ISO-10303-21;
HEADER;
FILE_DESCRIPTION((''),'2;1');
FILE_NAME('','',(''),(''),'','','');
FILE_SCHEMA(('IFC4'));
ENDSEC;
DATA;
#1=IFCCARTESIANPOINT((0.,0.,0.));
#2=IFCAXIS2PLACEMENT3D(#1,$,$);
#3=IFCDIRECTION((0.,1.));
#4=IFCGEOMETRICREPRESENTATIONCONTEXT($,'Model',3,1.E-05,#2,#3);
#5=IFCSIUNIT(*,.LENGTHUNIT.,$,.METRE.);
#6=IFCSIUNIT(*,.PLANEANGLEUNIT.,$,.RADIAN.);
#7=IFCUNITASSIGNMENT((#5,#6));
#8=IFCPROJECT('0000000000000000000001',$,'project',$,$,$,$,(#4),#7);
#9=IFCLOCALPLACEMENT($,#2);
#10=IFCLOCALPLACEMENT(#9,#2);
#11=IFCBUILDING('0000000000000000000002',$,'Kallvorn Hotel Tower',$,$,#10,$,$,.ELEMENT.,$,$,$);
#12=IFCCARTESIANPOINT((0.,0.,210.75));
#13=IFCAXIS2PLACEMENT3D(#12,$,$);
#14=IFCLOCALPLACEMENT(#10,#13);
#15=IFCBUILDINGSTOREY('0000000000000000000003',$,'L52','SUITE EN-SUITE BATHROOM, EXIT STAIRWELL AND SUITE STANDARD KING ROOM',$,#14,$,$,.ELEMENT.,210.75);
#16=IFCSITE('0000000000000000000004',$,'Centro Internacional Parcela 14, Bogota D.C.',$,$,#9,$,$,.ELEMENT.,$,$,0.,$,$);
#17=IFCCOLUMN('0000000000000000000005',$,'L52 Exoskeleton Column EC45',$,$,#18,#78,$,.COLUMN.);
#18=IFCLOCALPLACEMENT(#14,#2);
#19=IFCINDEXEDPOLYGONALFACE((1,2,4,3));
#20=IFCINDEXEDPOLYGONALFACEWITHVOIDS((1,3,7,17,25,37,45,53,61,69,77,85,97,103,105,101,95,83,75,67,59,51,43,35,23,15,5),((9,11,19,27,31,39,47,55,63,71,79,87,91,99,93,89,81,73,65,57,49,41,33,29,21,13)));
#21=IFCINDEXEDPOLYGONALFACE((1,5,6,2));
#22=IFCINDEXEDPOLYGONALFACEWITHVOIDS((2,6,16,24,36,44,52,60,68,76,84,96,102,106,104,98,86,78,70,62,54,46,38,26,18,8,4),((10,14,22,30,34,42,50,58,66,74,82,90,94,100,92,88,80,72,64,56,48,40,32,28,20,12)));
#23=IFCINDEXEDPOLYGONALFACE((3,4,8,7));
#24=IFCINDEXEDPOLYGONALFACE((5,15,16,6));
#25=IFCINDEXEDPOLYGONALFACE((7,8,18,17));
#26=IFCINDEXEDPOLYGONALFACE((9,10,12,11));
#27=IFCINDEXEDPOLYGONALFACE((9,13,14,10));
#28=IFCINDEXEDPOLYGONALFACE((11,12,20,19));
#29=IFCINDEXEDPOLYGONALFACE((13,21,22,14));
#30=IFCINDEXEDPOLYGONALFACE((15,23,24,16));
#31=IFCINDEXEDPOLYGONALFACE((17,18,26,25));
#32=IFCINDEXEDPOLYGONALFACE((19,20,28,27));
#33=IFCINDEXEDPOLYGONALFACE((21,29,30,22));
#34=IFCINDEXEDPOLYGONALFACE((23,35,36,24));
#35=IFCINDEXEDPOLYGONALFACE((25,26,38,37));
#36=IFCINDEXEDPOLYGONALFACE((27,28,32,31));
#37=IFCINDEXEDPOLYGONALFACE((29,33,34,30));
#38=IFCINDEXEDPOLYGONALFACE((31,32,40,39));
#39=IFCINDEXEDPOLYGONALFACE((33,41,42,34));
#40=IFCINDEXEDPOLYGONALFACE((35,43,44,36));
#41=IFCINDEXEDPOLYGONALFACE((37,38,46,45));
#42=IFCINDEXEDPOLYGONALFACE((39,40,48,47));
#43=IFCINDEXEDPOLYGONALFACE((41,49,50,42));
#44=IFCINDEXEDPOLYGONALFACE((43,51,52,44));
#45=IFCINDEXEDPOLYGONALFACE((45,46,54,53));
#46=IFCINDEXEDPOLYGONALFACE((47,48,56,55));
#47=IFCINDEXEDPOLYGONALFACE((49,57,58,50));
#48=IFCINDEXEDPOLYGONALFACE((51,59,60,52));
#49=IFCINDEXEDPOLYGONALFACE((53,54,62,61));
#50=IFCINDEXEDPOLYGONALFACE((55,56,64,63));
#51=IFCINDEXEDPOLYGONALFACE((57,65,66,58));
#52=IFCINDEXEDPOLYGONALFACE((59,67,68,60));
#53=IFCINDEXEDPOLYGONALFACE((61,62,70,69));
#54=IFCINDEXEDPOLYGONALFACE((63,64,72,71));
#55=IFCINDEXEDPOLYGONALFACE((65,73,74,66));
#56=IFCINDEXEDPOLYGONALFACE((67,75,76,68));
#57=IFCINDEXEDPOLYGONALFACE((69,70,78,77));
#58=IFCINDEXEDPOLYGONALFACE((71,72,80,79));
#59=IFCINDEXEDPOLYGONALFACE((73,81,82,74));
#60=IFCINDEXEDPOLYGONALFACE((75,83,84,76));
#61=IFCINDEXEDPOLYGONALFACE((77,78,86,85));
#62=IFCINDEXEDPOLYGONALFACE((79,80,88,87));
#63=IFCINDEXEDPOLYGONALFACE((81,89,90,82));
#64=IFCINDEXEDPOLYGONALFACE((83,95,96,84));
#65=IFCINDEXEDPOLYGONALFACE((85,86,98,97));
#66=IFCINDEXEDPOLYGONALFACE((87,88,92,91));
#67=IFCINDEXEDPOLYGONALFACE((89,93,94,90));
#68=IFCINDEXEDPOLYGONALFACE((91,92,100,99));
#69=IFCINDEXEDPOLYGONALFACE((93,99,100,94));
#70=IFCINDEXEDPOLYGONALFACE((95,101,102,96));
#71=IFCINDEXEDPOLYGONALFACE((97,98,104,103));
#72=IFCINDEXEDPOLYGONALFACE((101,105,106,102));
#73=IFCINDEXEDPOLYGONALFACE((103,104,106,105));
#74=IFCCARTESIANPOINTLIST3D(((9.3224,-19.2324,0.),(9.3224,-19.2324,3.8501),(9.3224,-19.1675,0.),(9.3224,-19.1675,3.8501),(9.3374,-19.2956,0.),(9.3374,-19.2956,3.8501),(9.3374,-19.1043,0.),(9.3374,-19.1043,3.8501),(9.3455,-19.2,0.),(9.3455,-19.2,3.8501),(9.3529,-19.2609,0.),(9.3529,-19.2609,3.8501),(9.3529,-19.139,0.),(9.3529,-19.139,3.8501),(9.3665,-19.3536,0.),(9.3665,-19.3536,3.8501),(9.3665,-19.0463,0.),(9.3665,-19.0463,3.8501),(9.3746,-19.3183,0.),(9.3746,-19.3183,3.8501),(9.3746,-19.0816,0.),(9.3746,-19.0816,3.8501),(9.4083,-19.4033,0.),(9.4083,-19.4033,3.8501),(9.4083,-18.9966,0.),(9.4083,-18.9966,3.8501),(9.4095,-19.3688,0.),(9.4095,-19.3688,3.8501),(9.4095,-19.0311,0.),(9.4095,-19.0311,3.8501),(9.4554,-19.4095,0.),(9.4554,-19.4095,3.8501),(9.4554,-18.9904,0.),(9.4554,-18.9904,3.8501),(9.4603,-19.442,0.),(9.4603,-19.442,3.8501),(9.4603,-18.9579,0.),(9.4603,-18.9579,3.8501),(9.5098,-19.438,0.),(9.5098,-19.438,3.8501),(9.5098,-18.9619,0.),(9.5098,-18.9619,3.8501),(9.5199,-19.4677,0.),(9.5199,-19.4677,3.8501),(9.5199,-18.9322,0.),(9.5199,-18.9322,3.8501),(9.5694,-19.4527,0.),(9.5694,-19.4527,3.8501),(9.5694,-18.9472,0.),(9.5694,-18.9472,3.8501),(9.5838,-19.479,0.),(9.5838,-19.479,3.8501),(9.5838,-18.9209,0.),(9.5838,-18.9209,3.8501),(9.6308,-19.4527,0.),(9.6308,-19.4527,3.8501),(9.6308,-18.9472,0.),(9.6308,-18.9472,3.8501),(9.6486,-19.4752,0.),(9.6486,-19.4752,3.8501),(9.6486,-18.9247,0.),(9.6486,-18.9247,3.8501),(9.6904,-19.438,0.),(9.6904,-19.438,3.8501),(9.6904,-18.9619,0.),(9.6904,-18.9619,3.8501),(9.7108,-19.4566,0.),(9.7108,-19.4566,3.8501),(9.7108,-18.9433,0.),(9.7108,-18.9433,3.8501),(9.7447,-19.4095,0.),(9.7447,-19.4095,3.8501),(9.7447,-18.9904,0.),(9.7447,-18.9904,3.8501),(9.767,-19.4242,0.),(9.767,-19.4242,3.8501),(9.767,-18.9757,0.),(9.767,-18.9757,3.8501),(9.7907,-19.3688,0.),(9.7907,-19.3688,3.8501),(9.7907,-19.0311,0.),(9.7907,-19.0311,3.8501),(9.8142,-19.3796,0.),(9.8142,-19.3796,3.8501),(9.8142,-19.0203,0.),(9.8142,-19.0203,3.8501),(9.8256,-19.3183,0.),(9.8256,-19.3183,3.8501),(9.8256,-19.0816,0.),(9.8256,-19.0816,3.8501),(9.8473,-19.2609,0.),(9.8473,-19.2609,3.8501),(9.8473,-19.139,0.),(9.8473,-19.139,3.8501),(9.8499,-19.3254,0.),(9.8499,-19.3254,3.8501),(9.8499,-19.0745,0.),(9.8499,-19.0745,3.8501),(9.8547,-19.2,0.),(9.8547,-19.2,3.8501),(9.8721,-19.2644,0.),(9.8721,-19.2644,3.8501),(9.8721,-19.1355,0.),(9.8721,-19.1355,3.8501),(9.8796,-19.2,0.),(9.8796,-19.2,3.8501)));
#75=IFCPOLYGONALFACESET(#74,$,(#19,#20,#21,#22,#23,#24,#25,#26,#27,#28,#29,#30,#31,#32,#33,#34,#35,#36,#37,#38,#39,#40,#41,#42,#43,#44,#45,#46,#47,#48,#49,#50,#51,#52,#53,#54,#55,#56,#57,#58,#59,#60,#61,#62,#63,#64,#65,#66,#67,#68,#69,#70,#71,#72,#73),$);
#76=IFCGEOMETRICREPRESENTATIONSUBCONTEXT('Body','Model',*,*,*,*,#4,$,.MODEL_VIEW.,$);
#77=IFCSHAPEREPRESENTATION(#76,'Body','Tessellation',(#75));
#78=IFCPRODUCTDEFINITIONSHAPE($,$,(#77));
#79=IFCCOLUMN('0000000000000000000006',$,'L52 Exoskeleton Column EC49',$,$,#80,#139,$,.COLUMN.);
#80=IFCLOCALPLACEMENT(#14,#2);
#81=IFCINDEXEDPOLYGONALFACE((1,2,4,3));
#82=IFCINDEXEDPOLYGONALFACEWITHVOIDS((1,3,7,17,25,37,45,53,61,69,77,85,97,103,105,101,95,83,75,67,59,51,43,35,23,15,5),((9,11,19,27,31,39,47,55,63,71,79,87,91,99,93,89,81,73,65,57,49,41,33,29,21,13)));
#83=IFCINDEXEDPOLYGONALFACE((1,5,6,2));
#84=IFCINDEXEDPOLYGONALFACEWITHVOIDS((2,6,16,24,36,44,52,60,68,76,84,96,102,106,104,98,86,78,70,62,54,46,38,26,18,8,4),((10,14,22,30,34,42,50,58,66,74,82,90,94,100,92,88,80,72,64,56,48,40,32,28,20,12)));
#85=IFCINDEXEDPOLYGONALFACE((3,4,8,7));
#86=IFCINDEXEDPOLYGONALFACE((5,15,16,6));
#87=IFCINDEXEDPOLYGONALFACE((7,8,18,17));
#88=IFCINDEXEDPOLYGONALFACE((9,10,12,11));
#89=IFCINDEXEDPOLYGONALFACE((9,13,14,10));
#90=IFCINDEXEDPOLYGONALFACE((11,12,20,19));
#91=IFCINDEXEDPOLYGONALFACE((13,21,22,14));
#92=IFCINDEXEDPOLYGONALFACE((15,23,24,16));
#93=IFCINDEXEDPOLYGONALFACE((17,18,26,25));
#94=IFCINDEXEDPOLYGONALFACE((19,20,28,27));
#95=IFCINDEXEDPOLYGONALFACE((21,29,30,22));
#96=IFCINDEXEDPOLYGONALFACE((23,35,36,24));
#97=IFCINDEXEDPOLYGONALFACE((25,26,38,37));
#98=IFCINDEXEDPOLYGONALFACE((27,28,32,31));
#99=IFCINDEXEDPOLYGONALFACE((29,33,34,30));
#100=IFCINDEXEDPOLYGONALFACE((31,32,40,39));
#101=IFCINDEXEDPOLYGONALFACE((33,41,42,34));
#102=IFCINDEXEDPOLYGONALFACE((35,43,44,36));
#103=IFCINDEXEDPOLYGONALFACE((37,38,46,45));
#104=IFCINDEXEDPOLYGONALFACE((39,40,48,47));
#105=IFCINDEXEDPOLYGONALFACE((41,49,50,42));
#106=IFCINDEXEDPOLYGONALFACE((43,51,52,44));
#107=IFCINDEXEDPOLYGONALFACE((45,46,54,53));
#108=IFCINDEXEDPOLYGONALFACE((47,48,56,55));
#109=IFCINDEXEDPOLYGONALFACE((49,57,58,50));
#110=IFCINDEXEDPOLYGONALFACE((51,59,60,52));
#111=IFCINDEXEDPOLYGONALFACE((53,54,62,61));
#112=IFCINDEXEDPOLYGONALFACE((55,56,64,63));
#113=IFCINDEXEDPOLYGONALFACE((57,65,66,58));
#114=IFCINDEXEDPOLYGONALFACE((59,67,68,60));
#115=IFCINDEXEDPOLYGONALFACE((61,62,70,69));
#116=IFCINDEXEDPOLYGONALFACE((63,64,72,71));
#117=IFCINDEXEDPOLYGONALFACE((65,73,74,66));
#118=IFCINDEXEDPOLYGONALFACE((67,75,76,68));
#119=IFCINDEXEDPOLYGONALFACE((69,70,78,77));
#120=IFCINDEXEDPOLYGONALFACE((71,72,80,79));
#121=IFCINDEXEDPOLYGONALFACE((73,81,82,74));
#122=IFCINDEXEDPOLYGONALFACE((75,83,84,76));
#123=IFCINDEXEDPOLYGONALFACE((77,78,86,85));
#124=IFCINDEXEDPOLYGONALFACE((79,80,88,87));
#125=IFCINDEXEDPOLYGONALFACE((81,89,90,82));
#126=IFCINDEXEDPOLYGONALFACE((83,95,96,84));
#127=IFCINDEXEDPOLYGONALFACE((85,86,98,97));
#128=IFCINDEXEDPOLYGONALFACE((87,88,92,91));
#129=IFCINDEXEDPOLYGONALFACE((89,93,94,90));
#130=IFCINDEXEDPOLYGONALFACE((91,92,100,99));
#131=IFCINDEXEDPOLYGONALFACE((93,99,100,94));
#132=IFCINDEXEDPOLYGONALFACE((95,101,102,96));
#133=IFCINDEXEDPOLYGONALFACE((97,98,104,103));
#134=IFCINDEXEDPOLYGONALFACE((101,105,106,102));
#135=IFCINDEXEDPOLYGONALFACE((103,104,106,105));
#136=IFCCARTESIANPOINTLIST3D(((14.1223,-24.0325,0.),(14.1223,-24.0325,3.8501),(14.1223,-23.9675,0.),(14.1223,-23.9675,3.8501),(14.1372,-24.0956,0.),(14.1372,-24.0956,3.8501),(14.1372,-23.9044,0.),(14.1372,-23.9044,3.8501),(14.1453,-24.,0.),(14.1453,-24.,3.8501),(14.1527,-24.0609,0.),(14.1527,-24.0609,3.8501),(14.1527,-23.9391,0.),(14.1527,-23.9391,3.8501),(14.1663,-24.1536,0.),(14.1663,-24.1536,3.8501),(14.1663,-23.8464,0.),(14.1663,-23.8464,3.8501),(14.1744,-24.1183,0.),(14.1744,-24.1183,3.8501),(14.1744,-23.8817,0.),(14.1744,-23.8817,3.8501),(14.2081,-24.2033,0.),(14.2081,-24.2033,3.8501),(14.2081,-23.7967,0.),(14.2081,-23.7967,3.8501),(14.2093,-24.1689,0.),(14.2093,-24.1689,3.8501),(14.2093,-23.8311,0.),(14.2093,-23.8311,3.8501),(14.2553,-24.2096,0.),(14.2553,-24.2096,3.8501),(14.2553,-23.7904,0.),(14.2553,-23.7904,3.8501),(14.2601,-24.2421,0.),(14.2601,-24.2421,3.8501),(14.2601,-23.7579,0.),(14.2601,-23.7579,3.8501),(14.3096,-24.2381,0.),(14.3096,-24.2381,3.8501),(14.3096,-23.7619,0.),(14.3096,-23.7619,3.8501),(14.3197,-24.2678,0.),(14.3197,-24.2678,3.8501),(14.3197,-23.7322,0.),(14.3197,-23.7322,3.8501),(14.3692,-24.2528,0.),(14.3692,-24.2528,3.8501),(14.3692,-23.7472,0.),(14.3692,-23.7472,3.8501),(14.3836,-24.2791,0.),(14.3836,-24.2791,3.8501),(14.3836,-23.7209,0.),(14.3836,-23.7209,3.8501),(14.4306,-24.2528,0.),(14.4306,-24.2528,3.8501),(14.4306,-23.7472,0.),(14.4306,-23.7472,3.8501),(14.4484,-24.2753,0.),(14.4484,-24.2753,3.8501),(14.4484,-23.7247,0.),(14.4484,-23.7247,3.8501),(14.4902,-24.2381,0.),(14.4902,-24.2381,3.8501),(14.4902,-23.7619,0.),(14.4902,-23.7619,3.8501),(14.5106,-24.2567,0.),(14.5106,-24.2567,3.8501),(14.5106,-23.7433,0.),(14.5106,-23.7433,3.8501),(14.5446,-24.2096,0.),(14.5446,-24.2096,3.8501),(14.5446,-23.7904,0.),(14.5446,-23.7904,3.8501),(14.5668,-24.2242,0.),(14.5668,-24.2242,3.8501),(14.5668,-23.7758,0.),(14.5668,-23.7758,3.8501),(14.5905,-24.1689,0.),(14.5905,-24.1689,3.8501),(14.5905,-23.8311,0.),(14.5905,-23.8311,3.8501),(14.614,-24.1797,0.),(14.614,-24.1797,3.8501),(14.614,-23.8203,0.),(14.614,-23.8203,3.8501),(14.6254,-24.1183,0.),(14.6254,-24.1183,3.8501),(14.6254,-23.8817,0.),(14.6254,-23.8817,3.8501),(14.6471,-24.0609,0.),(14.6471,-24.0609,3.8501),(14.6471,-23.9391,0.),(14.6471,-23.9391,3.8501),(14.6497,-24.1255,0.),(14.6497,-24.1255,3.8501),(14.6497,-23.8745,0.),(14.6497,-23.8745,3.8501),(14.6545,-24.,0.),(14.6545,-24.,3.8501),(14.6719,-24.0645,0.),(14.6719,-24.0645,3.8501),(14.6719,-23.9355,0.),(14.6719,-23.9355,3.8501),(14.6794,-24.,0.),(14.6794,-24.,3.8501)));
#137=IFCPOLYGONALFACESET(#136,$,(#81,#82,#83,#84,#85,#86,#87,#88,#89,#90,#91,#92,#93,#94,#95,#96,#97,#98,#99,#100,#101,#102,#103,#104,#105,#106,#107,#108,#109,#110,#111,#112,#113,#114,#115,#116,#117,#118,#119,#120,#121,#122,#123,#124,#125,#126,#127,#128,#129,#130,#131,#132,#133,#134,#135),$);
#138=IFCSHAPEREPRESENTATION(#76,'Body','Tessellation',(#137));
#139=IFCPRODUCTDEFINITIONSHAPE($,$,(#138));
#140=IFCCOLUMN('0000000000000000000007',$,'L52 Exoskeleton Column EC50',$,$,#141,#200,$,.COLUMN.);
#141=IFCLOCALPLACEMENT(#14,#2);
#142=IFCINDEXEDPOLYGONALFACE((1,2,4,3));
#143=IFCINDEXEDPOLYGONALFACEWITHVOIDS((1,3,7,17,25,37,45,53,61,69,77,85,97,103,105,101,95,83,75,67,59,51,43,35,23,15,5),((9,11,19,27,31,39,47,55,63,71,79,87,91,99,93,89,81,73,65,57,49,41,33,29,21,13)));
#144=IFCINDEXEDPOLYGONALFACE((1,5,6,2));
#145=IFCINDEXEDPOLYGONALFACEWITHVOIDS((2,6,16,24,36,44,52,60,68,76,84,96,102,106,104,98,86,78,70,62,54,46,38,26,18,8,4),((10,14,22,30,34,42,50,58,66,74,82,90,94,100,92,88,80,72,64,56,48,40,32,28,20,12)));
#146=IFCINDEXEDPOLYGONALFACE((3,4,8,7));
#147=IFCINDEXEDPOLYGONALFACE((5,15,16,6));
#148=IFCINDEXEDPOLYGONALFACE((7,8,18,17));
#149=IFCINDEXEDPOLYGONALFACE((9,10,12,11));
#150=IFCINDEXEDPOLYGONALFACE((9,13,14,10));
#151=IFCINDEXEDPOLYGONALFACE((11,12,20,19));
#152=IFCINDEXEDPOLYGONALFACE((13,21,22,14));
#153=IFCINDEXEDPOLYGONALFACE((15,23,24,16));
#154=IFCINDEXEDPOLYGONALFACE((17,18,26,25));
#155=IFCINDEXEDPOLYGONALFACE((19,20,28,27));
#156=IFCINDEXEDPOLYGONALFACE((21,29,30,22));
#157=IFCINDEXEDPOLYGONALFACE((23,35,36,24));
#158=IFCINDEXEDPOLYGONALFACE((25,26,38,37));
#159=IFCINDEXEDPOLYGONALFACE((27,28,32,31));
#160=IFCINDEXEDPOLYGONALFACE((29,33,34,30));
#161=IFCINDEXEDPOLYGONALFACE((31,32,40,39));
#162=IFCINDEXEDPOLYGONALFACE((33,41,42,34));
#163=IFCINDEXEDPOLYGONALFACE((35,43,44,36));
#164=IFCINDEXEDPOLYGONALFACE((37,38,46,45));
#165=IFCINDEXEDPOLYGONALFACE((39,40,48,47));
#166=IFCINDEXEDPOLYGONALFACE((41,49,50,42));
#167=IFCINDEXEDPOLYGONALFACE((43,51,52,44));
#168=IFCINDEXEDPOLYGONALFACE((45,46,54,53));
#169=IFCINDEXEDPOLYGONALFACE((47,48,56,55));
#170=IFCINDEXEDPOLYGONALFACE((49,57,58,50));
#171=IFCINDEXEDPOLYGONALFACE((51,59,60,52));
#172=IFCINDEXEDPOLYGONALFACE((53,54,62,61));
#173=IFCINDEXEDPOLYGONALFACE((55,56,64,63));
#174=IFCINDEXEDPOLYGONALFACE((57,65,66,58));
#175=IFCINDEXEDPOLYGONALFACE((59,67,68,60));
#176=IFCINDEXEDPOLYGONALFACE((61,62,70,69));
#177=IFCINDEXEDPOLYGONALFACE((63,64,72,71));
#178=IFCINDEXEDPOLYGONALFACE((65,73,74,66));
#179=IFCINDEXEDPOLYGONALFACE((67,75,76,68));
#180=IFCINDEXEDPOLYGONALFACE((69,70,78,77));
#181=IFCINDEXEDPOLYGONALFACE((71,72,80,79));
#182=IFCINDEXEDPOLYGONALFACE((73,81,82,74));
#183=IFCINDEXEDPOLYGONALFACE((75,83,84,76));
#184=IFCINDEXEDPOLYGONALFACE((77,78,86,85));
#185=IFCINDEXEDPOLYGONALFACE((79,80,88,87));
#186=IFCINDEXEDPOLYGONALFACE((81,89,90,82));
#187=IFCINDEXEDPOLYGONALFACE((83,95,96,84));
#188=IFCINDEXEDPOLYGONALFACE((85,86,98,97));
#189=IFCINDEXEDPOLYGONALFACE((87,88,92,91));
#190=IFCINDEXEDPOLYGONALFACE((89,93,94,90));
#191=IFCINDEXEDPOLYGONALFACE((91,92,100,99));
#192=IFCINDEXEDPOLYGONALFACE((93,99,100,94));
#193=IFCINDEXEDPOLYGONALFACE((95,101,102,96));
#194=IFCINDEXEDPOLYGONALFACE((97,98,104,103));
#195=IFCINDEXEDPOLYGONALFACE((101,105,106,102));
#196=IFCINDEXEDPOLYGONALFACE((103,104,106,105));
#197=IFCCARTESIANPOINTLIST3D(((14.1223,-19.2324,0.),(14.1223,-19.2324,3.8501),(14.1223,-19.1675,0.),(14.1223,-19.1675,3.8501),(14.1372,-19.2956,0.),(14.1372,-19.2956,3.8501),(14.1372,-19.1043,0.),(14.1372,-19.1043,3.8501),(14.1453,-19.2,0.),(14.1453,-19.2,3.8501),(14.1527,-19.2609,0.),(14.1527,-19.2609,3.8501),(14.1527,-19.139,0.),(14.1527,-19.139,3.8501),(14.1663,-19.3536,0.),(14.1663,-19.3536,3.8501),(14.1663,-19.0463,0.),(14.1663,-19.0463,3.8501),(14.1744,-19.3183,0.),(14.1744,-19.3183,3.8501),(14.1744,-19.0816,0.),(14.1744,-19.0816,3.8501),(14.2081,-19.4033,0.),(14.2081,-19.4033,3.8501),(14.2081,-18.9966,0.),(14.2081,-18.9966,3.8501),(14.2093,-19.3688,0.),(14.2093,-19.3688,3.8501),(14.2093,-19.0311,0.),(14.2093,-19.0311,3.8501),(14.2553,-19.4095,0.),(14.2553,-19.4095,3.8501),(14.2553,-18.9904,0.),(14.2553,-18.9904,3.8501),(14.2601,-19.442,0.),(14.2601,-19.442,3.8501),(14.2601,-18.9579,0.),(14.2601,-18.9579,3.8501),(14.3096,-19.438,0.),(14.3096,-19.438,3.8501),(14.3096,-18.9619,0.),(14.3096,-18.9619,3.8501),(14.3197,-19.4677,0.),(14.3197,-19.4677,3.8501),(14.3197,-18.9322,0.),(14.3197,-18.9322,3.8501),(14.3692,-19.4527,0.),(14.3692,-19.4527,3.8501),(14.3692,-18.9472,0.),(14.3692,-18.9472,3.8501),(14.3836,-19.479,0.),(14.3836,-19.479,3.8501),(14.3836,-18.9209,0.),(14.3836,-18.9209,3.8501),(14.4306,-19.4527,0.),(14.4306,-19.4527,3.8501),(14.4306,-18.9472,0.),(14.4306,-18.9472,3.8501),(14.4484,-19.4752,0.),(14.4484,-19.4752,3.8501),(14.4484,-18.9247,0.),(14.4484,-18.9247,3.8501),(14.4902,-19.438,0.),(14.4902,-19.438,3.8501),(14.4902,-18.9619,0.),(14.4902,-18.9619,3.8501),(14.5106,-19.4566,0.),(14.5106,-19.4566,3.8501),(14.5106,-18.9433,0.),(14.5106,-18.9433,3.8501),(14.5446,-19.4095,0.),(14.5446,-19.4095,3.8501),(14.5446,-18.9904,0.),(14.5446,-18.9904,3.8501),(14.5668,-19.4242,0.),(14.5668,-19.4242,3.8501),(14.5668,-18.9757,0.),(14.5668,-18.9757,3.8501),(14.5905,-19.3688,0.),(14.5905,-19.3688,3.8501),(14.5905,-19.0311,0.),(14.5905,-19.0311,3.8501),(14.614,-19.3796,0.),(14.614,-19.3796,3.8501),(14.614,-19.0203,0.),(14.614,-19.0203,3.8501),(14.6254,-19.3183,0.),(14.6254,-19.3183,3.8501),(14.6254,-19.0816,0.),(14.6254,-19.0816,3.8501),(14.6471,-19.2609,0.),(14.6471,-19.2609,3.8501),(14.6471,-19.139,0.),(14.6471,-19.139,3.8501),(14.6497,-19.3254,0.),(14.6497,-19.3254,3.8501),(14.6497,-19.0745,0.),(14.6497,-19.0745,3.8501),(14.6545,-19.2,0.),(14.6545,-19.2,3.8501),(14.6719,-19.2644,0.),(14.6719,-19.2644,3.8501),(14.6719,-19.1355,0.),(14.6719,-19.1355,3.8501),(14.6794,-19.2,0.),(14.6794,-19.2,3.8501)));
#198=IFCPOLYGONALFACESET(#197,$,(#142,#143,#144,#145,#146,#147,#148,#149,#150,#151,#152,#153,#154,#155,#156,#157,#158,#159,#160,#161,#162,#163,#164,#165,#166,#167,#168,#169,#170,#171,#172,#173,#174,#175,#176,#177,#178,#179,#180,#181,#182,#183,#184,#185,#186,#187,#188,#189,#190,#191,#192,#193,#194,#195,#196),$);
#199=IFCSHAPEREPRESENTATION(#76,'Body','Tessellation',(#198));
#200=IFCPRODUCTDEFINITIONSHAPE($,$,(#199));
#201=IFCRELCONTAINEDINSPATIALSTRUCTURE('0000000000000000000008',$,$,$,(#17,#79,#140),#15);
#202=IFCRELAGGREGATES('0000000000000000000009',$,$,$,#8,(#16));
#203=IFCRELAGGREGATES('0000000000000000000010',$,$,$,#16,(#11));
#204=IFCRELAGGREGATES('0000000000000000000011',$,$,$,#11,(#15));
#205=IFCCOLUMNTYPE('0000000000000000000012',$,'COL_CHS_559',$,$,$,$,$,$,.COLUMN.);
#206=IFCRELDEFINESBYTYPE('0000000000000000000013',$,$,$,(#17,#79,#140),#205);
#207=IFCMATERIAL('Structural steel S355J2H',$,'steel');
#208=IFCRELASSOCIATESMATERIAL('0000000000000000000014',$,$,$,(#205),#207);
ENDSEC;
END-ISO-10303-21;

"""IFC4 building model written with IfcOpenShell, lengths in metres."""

from ifc_helpers import new_model, si_unit, direction, frame, origin, origin_2d, place, context, subcontext, project, spatial, hollow_circle, extrude, material, material_profile, profile_set, type_object, element, save


model = new_model("IFC4")

# Units and contexts
model_context = context("Model", 3, precision=1e-05, world=origin(), true_north=direction((0.0, 1.0)))
body_context = subcontext(model_context, "Body", "Model", "MODEL_VIEW")
ifc_project = project(units=[si_unit("LENGTHUNIT", "METRE"), si_unit("PLANEANGLEUNIT", "RADIAN")], contexts=[model_context])

# Site, building, storey
site_placement = place(None, origin())
site = spatial("IfcSite", under=ifc_project, at=site_placement, Name="Centro Internacional Parcela 14, Bogota D.C.", CompositionType="ELEMENT", RefElevation=0.0)
building_placement = place(site_placement, origin())
building = spatial("IfcBuilding", under=site, at=building_placement, Name="Kallvorn Hotel Tower", CompositionType="ELEMENT")
storey_placement = place(building_placement, frame((0.0, 0.0, 210.75)))
storey = spatial("IfcBuildingStorey", under=building, at=storey_placement, Name="L52", Description="SUITE EN-SUITE BATHROOM, EXIT STAIRWELL AND SUITE STANDARD KING ROOM", CompositionType="ELEMENT", Elevation=210.75)

# Columns
ifc_material_1 = material(Name="Structural steel S355J2H", Category="steel")
ifc_material_profile_1 = material_profile(ifc_material_1, hollow_circle(Radius=0.2795, WallThickness=0.0249, at=origin_2d()), Name="CHS 559x25")
ifc_profile_set_1 = profile_set([ifc_material_profile_1], Name="Structural steel S355J2H")
column_type = type_object("IfcColumnType", Name="COL_CHS_559", PredefinedType="COLUMN", material=ifc_profile_set_1)
for number, where, z_axis, x_axis, name in (
    (1, (9.6001, -19.2, 0.0), (0.0, 0.0, 1.0), (1.0, 0.0, 0.0), "L52 Exoskeleton Column EC45"),
    (2, (14.3999, -24.0, 0.0), (0.0, 0.0, 1.0), (1.0, 0.0, 0.0), "L52 Exoskeleton Column EC49"),
    (3, (14.3999, -19.2, 0.0), (0.0, 0.0, 1.0), (1.0, 0.0, 0.0), "L52 Exoskeleton Column EC50"),
):
    element("IfcColumn", number, at=place(storey_placement, frame(where, z_axis=z_axis, x_axis=x_axis)), inside=storey, type_object=column_type, Name=name, PredefinedType="COLUMN", context=body_context, shape_type="SweptSolid", body=[
        extrude(hollow_circle(Radius=0.2795, WallThickness=0.0249, at=origin_2d()), origin(), (0.0, 0.0, 1.0), 3.8501),
    ])

save(model, "model.ifc")
